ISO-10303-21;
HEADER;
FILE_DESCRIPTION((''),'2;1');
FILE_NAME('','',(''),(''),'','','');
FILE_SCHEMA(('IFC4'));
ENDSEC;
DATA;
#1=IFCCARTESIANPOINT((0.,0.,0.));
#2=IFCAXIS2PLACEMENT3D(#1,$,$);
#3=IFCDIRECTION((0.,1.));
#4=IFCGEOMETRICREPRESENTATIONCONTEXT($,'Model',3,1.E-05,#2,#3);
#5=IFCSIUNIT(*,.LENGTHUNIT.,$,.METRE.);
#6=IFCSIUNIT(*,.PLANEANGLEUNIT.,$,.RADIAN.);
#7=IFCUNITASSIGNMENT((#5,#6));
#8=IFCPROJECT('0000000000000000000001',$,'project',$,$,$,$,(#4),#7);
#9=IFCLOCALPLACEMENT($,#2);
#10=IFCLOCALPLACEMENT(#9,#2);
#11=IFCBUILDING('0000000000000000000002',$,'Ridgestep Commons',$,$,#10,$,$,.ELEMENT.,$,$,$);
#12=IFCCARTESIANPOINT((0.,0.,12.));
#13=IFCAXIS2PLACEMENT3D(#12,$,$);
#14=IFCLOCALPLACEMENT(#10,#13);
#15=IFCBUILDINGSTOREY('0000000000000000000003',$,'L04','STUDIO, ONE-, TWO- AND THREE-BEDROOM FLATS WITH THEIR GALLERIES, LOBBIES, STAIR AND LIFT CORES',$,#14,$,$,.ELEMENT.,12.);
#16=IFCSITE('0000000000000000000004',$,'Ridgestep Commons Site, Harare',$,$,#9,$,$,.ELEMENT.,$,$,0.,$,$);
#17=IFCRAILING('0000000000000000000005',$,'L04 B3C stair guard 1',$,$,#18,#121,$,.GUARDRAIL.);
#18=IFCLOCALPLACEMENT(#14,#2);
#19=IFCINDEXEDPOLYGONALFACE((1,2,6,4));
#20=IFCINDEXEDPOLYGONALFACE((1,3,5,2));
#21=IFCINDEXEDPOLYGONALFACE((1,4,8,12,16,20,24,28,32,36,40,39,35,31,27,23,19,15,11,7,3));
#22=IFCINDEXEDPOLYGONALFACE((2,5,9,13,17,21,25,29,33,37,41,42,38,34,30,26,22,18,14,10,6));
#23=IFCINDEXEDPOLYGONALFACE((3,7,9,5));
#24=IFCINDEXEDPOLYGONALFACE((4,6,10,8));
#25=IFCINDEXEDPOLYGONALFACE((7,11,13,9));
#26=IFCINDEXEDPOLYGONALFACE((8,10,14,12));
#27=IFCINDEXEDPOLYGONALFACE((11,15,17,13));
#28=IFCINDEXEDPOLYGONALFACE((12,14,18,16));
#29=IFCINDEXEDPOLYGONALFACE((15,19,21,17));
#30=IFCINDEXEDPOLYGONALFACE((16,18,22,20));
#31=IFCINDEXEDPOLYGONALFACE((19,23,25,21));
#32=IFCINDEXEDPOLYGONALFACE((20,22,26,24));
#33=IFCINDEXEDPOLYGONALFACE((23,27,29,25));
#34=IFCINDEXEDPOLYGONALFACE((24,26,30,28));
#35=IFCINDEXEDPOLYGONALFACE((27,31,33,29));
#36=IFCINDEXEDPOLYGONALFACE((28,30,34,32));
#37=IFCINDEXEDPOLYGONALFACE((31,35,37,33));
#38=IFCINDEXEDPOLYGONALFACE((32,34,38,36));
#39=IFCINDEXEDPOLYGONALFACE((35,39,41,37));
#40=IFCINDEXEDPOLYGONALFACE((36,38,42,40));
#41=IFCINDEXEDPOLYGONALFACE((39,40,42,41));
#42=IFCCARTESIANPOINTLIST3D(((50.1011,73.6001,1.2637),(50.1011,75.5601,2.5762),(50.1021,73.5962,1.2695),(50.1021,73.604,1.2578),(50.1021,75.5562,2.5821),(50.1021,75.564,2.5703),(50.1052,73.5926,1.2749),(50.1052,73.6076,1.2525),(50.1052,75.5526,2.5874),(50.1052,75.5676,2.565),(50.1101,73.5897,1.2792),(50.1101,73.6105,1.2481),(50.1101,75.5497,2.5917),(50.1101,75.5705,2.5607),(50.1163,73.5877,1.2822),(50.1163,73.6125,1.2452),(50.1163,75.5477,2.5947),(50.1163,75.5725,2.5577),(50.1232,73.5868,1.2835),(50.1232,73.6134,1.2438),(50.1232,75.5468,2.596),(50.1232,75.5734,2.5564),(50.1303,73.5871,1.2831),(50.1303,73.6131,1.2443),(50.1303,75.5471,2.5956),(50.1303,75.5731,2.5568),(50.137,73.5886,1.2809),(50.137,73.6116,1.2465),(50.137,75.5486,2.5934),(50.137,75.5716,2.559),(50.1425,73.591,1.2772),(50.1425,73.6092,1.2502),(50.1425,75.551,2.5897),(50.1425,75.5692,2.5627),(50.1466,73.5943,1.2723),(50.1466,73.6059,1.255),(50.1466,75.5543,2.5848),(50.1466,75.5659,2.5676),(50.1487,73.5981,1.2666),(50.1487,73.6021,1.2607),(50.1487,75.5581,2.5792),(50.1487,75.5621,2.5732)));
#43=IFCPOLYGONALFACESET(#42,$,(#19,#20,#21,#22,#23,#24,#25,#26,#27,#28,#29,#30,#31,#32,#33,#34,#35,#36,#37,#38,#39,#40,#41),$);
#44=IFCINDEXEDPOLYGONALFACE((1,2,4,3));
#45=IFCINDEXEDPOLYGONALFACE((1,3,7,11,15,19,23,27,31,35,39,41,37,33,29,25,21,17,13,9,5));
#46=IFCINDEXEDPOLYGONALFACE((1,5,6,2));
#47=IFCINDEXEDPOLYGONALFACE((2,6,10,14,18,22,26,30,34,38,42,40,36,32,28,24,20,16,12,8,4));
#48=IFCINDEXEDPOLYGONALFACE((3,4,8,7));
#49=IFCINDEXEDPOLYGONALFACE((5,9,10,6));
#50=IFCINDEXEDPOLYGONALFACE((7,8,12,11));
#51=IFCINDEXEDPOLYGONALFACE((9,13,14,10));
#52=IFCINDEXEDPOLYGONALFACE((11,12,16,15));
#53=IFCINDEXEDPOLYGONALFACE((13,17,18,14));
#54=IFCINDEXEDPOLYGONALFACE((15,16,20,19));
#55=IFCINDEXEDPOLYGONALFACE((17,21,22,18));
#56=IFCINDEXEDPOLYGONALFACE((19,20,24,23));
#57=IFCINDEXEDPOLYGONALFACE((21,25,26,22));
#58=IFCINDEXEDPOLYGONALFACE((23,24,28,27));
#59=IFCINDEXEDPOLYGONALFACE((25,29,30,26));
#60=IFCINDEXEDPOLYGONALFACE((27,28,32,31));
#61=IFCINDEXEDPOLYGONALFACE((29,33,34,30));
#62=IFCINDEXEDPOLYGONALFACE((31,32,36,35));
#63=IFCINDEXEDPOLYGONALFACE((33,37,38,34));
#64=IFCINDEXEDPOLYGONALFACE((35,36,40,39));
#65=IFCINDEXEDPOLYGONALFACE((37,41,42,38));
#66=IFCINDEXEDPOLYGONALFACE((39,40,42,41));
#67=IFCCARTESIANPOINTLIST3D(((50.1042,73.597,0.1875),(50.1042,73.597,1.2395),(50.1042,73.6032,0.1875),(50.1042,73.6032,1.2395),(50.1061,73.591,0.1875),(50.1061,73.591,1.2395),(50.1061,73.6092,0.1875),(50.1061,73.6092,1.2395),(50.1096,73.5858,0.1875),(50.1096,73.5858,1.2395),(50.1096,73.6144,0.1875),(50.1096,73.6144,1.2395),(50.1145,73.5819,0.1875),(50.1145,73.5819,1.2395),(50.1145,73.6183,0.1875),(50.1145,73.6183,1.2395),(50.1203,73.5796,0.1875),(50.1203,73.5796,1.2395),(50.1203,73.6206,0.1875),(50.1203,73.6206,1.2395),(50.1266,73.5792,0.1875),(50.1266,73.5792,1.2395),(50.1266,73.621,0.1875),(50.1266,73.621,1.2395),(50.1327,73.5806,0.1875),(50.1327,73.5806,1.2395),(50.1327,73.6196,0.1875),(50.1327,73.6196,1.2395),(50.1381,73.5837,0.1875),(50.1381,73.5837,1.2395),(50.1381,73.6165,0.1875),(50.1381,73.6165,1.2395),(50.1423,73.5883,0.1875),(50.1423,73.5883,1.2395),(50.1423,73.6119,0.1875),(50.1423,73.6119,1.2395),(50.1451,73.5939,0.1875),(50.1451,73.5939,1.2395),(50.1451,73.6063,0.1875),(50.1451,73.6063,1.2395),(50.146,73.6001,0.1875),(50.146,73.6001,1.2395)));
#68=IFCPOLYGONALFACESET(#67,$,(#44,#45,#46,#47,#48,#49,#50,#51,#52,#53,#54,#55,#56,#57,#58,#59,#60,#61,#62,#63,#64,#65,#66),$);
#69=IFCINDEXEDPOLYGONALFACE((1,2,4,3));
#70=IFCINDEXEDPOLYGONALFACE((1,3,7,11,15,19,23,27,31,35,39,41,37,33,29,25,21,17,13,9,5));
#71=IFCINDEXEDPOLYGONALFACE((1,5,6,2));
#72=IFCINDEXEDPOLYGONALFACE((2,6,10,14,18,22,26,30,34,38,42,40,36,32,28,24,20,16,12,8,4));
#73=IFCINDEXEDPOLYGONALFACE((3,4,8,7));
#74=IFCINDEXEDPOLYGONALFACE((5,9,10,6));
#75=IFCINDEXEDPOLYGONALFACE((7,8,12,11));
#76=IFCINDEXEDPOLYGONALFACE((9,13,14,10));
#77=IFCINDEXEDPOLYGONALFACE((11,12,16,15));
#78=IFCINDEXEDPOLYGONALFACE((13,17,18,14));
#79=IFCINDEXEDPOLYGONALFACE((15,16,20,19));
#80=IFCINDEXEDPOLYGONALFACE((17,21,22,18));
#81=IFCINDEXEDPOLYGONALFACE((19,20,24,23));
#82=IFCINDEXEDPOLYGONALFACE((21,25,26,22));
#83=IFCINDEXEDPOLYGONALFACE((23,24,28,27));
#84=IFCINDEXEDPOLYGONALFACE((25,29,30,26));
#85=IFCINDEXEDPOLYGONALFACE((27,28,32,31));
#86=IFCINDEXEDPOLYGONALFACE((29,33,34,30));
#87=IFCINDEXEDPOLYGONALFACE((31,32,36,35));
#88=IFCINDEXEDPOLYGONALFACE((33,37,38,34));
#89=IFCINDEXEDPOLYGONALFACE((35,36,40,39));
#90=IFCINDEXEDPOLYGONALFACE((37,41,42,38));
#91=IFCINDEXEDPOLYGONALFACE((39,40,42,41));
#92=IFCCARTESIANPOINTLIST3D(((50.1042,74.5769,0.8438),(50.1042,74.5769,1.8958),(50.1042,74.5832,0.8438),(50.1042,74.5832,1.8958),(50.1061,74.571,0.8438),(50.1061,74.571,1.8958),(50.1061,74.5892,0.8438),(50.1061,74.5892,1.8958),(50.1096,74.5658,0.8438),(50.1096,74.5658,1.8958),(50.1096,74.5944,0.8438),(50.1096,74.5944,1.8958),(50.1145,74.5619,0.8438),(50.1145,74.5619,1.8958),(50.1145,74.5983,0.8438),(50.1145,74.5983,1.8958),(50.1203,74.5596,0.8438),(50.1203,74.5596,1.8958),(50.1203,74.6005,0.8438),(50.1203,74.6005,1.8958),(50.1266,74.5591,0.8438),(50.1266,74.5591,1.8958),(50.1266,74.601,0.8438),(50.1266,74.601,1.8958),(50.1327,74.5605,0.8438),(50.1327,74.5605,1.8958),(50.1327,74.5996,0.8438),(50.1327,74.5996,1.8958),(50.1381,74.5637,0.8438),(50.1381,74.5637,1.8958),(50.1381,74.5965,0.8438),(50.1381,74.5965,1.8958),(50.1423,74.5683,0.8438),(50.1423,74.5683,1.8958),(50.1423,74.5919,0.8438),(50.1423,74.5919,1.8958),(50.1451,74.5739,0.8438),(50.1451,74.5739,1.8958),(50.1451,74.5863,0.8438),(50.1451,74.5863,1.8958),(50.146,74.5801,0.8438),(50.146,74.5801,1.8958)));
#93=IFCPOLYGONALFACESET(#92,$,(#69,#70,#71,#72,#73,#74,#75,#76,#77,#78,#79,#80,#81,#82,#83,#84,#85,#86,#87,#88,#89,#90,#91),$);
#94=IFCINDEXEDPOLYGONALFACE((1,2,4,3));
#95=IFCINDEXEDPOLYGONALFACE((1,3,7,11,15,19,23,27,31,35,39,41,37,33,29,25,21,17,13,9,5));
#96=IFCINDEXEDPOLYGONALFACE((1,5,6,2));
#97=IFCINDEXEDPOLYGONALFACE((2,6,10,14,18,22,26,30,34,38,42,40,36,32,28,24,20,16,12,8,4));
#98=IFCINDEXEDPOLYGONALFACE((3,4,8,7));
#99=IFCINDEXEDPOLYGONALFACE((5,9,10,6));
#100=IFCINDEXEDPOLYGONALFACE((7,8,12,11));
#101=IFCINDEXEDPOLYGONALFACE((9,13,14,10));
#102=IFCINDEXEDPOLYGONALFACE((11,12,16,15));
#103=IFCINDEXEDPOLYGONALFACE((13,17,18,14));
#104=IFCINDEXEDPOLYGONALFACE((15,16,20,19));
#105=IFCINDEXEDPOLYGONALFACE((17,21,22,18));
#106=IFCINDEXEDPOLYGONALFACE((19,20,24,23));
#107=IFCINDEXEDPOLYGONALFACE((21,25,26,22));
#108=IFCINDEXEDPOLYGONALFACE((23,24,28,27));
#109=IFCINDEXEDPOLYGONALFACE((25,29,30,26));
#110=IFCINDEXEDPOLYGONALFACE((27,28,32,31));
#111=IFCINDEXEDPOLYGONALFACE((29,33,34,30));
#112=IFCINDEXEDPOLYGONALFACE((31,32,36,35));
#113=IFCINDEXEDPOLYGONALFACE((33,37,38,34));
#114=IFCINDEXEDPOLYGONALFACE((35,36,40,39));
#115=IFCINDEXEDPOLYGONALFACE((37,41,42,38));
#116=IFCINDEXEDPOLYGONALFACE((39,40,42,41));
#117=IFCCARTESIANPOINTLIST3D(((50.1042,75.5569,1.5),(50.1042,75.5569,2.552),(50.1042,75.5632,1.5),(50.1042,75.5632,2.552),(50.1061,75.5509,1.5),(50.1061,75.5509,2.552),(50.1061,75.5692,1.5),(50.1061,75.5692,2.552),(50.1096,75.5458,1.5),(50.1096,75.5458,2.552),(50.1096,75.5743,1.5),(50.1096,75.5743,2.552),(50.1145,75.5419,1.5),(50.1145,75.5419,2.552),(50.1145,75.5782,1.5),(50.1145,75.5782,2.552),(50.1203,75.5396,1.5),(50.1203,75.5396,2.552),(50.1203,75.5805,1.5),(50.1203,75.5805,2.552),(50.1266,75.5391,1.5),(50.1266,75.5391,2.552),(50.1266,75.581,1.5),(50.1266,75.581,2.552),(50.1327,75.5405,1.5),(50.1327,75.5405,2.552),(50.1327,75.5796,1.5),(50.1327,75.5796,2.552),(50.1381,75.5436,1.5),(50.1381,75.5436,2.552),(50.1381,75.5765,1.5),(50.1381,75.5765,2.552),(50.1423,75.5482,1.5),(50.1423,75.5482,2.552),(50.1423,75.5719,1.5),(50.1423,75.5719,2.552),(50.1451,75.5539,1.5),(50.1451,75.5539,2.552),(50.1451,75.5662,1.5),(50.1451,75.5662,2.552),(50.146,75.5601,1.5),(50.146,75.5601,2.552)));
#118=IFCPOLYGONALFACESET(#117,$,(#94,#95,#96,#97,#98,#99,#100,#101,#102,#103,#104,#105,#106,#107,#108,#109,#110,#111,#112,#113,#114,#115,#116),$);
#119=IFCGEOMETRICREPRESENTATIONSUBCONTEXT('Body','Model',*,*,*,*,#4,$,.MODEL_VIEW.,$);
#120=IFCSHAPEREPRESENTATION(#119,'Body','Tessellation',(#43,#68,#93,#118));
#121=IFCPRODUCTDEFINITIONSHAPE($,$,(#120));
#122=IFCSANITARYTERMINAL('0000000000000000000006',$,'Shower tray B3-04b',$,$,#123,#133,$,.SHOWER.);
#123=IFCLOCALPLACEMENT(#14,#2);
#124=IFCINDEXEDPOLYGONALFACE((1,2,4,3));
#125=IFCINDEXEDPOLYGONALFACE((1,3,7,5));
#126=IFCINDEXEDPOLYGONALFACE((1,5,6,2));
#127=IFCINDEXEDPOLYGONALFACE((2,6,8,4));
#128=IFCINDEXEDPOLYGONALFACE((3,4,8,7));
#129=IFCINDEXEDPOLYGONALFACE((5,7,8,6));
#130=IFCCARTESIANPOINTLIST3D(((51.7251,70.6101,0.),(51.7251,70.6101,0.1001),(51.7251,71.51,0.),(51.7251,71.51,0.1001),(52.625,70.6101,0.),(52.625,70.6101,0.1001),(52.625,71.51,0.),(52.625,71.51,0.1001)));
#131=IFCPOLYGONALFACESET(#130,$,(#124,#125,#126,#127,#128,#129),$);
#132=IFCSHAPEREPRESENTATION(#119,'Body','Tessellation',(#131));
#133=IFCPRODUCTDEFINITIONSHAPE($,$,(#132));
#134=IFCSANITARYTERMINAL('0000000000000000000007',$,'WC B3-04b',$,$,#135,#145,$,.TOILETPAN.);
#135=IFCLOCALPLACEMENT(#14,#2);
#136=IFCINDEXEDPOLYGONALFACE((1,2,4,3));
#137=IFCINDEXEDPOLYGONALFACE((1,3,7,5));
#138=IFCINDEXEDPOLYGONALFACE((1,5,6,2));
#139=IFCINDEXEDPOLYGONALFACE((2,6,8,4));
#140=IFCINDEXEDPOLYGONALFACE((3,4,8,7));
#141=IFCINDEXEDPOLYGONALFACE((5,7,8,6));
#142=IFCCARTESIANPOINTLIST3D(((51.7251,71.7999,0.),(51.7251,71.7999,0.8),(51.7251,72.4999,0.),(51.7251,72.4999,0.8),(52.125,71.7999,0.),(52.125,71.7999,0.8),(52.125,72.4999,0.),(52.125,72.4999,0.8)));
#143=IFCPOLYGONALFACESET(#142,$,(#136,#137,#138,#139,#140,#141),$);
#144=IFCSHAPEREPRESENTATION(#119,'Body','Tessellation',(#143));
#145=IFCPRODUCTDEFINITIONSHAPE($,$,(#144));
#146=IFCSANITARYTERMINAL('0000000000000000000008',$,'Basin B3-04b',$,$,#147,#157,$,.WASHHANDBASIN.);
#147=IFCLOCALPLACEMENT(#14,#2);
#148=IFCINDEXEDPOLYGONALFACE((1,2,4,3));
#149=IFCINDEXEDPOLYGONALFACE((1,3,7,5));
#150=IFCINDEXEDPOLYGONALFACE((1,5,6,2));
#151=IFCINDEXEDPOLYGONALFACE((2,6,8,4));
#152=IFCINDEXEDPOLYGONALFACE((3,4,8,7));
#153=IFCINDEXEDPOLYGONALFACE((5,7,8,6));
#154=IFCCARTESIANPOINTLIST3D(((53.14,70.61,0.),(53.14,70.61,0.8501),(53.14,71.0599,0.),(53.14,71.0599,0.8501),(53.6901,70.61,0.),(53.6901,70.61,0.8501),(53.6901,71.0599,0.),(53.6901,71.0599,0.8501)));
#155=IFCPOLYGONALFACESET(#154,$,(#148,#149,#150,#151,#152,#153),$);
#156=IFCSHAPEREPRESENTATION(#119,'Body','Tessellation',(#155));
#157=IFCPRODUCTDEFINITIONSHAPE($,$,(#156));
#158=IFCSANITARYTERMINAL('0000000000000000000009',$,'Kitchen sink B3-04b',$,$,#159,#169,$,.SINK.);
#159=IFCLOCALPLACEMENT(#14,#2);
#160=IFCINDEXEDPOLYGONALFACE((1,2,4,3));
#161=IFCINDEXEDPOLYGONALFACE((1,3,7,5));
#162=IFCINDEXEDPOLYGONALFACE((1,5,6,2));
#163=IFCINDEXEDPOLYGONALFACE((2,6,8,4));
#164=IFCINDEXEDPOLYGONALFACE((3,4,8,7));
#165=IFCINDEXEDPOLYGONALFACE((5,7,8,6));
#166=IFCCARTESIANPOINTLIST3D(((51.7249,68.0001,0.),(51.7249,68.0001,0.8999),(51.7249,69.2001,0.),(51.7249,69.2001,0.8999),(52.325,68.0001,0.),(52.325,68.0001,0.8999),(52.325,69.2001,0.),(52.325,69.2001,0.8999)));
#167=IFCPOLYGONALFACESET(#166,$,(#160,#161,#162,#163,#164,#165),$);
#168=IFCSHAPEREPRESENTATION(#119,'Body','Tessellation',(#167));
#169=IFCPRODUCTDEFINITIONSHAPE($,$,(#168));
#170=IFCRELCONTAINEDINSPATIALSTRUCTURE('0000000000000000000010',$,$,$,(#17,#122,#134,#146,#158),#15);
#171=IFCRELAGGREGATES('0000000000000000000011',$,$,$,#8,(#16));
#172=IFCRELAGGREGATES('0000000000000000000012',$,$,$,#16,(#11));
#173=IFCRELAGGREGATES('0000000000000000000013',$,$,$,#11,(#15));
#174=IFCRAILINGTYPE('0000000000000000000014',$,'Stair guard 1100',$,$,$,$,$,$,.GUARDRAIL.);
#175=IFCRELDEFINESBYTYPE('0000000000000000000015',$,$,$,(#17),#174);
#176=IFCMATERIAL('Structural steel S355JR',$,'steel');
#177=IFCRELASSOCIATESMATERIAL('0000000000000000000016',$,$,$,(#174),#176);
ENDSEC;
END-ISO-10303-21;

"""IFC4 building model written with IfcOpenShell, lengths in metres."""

from ifc_helpers import new_model, si_unit, direction, frame, origin, origin_2d, place, context, subcontext, project, spatial, rectangle, circle, extrude, material, type_object, element, save


model = new_model("IFC4")

# Units and contexts
model_context = context("Model", 3, precision=1e-05, world=origin(), true_north=direction((0.0, 1.0)))
body_context = subcontext(model_context, "Body", "Model", "MODEL_VIEW")
ifc_project = project(units=[si_unit("LENGTHUNIT", "METRE"), si_unit("PLANEANGLEUNIT", "RADIAN")], contexts=[model_context])

# Site, building, storey
site_placement = place(None, origin())
site = spatial("IfcSite", under=ifc_project, at=site_placement, Name="Ridgestep Commons Site, Harare", CompositionType="ELEMENT", RefElevation=0.0)
building_placement = place(site_placement, origin())
building = spatial("IfcBuilding", under=site, at=building_placement, Name="Ridgestep Commons", CompositionType="ELEMENT")
storey_placement = place(building_placement, frame((0.0, 0.0, 12.0)))
storey = spatial("IfcBuildingStorey", under=building, at=storey_placement, Name="L04", Description="STUDIO, ONE-, TWO- AND THREE-BEDROOM FLATS WITH THEIR GALLERIES, LOBBIES, STAIR AND LIFT CORES", CompositionType="ELEMENT", Elevation=12.0)

# Railing
ifc_material_1 = material(Name="Structural steel S355JR", Category="steel")
railing_type_1 = type_object("IfcRailingType", Name="Stair guard 1100", PredefinedType="GUARDRAIL", material=ifc_material_1)
railing_1_placement = place(storey_placement, frame((50.125, 73.6001, 0.1875)))
element("IfcRailing", 1, at=railing_1_placement, inside=storey, type_object=railing_type_1, Name="L04 B3C stair guard 1", PredefinedType="GUARDRAIL", context=body_context, shape_type="SweptSolid", body=[
    extrude(circle(Radius=0.0239, at=origin_2d()), frame((0.0, 0.0, 1.0762), z_axis=(0.0, 0.830902, 0.556419), x_axis=(-1.0, 0.0, 0.0)), (0.0, 0.0, 1.0), 2.3589),
    extrude(circle(Radius=0.021, at=origin_2d()), origin(), (0.0, 0.0, 1.0), 1.052),
    extrude(circle(Radius=0.021, at=origin_2d()), frame((0.0, 0.98, 0.6562)), (0.0, 0.0, 1.0), 1.052),
    extrude(circle(Radius=0.021, at=origin_2d()), frame((0.0, 1.96, 1.3125)), (0.0, 0.0, 1.0), 1.052),
])

# Sanitary terminals
sanitary_terminal_1_placement = place(storey_placement, frame((52.175, 71.0601, 0.0), z_axis=(0.0, 0.0, 1.0), x_axis=(1.0, 0.0, 0.0)))
element("IfcSanitaryTerminal", 2, at=sanitary_terminal_1_placement, inside=storey, Name="Shower tray B3-04b", PredefinedType="SHOWER", context=body_context, shape_type="SweptSolid", body=[
    extrude(rectangle(XDim=0.8999, YDim=0.8999, at=origin_2d()), origin(), (0.0, 0.0, 1.0), 0.1001),
])
sanitary_terminal_2_placement = place(storey_placement, frame((51.925, 72.1499, 0.0), z_axis=(0.0, 0.0, 1.0), x_axis=(1.0, 0.0, 0.0)))
element("IfcSanitaryTerminal", 3, at=sanitary_terminal_2_placement, inside=storey, Name="WC B3-04b", PredefinedType="TOILETPAN", context=body_context, shape_type="SweptSolid", body=[
    extrude(rectangle(XDim=0.3999, YDim=0.7, at=origin_2d()), origin(), (0.0, 0.0, 1.0), 0.8),
])
sanitary_terminal_3_placement = place(storey_placement, frame((53.415, 70.835, 0.0), z_axis=(0.0, 0.0, 1.0), x_axis=(1.0, 0.0, 0.0)))
element("IfcSanitaryTerminal", 4, at=sanitary_terminal_3_placement, inside=storey, Name="Basin B3-04b", PredefinedType="WASHHANDBASIN", context=body_context, shape_type="SweptSolid", body=[
    extrude(rectangle(XDim=0.55, YDim=0.45, at=origin_2d()), origin(), (0.0, 0.0, 1.0), 0.8501),
])
sanitary_terminal_4_placement = place(storey_placement, frame((52.0249, 68.6001, 0.0), z_axis=(0.0, 0.0, 1.0), x_axis=(1.0, 0.0, 0.0)))
element("IfcSanitaryTerminal", 5, at=sanitary_terminal_4_placement, inside=storey, Name="Kitchen sink B3-04b", PredefinedType="SINK", context=body_context, shape_type="SweptSolid", body=[
    extrude(rectangle(XDim=0.6001, YDim=1.2, at=origin_2d()), origin(), (0.0, 0.0, 1.0), 0.8999),
])

save(model, "model.ifc")
